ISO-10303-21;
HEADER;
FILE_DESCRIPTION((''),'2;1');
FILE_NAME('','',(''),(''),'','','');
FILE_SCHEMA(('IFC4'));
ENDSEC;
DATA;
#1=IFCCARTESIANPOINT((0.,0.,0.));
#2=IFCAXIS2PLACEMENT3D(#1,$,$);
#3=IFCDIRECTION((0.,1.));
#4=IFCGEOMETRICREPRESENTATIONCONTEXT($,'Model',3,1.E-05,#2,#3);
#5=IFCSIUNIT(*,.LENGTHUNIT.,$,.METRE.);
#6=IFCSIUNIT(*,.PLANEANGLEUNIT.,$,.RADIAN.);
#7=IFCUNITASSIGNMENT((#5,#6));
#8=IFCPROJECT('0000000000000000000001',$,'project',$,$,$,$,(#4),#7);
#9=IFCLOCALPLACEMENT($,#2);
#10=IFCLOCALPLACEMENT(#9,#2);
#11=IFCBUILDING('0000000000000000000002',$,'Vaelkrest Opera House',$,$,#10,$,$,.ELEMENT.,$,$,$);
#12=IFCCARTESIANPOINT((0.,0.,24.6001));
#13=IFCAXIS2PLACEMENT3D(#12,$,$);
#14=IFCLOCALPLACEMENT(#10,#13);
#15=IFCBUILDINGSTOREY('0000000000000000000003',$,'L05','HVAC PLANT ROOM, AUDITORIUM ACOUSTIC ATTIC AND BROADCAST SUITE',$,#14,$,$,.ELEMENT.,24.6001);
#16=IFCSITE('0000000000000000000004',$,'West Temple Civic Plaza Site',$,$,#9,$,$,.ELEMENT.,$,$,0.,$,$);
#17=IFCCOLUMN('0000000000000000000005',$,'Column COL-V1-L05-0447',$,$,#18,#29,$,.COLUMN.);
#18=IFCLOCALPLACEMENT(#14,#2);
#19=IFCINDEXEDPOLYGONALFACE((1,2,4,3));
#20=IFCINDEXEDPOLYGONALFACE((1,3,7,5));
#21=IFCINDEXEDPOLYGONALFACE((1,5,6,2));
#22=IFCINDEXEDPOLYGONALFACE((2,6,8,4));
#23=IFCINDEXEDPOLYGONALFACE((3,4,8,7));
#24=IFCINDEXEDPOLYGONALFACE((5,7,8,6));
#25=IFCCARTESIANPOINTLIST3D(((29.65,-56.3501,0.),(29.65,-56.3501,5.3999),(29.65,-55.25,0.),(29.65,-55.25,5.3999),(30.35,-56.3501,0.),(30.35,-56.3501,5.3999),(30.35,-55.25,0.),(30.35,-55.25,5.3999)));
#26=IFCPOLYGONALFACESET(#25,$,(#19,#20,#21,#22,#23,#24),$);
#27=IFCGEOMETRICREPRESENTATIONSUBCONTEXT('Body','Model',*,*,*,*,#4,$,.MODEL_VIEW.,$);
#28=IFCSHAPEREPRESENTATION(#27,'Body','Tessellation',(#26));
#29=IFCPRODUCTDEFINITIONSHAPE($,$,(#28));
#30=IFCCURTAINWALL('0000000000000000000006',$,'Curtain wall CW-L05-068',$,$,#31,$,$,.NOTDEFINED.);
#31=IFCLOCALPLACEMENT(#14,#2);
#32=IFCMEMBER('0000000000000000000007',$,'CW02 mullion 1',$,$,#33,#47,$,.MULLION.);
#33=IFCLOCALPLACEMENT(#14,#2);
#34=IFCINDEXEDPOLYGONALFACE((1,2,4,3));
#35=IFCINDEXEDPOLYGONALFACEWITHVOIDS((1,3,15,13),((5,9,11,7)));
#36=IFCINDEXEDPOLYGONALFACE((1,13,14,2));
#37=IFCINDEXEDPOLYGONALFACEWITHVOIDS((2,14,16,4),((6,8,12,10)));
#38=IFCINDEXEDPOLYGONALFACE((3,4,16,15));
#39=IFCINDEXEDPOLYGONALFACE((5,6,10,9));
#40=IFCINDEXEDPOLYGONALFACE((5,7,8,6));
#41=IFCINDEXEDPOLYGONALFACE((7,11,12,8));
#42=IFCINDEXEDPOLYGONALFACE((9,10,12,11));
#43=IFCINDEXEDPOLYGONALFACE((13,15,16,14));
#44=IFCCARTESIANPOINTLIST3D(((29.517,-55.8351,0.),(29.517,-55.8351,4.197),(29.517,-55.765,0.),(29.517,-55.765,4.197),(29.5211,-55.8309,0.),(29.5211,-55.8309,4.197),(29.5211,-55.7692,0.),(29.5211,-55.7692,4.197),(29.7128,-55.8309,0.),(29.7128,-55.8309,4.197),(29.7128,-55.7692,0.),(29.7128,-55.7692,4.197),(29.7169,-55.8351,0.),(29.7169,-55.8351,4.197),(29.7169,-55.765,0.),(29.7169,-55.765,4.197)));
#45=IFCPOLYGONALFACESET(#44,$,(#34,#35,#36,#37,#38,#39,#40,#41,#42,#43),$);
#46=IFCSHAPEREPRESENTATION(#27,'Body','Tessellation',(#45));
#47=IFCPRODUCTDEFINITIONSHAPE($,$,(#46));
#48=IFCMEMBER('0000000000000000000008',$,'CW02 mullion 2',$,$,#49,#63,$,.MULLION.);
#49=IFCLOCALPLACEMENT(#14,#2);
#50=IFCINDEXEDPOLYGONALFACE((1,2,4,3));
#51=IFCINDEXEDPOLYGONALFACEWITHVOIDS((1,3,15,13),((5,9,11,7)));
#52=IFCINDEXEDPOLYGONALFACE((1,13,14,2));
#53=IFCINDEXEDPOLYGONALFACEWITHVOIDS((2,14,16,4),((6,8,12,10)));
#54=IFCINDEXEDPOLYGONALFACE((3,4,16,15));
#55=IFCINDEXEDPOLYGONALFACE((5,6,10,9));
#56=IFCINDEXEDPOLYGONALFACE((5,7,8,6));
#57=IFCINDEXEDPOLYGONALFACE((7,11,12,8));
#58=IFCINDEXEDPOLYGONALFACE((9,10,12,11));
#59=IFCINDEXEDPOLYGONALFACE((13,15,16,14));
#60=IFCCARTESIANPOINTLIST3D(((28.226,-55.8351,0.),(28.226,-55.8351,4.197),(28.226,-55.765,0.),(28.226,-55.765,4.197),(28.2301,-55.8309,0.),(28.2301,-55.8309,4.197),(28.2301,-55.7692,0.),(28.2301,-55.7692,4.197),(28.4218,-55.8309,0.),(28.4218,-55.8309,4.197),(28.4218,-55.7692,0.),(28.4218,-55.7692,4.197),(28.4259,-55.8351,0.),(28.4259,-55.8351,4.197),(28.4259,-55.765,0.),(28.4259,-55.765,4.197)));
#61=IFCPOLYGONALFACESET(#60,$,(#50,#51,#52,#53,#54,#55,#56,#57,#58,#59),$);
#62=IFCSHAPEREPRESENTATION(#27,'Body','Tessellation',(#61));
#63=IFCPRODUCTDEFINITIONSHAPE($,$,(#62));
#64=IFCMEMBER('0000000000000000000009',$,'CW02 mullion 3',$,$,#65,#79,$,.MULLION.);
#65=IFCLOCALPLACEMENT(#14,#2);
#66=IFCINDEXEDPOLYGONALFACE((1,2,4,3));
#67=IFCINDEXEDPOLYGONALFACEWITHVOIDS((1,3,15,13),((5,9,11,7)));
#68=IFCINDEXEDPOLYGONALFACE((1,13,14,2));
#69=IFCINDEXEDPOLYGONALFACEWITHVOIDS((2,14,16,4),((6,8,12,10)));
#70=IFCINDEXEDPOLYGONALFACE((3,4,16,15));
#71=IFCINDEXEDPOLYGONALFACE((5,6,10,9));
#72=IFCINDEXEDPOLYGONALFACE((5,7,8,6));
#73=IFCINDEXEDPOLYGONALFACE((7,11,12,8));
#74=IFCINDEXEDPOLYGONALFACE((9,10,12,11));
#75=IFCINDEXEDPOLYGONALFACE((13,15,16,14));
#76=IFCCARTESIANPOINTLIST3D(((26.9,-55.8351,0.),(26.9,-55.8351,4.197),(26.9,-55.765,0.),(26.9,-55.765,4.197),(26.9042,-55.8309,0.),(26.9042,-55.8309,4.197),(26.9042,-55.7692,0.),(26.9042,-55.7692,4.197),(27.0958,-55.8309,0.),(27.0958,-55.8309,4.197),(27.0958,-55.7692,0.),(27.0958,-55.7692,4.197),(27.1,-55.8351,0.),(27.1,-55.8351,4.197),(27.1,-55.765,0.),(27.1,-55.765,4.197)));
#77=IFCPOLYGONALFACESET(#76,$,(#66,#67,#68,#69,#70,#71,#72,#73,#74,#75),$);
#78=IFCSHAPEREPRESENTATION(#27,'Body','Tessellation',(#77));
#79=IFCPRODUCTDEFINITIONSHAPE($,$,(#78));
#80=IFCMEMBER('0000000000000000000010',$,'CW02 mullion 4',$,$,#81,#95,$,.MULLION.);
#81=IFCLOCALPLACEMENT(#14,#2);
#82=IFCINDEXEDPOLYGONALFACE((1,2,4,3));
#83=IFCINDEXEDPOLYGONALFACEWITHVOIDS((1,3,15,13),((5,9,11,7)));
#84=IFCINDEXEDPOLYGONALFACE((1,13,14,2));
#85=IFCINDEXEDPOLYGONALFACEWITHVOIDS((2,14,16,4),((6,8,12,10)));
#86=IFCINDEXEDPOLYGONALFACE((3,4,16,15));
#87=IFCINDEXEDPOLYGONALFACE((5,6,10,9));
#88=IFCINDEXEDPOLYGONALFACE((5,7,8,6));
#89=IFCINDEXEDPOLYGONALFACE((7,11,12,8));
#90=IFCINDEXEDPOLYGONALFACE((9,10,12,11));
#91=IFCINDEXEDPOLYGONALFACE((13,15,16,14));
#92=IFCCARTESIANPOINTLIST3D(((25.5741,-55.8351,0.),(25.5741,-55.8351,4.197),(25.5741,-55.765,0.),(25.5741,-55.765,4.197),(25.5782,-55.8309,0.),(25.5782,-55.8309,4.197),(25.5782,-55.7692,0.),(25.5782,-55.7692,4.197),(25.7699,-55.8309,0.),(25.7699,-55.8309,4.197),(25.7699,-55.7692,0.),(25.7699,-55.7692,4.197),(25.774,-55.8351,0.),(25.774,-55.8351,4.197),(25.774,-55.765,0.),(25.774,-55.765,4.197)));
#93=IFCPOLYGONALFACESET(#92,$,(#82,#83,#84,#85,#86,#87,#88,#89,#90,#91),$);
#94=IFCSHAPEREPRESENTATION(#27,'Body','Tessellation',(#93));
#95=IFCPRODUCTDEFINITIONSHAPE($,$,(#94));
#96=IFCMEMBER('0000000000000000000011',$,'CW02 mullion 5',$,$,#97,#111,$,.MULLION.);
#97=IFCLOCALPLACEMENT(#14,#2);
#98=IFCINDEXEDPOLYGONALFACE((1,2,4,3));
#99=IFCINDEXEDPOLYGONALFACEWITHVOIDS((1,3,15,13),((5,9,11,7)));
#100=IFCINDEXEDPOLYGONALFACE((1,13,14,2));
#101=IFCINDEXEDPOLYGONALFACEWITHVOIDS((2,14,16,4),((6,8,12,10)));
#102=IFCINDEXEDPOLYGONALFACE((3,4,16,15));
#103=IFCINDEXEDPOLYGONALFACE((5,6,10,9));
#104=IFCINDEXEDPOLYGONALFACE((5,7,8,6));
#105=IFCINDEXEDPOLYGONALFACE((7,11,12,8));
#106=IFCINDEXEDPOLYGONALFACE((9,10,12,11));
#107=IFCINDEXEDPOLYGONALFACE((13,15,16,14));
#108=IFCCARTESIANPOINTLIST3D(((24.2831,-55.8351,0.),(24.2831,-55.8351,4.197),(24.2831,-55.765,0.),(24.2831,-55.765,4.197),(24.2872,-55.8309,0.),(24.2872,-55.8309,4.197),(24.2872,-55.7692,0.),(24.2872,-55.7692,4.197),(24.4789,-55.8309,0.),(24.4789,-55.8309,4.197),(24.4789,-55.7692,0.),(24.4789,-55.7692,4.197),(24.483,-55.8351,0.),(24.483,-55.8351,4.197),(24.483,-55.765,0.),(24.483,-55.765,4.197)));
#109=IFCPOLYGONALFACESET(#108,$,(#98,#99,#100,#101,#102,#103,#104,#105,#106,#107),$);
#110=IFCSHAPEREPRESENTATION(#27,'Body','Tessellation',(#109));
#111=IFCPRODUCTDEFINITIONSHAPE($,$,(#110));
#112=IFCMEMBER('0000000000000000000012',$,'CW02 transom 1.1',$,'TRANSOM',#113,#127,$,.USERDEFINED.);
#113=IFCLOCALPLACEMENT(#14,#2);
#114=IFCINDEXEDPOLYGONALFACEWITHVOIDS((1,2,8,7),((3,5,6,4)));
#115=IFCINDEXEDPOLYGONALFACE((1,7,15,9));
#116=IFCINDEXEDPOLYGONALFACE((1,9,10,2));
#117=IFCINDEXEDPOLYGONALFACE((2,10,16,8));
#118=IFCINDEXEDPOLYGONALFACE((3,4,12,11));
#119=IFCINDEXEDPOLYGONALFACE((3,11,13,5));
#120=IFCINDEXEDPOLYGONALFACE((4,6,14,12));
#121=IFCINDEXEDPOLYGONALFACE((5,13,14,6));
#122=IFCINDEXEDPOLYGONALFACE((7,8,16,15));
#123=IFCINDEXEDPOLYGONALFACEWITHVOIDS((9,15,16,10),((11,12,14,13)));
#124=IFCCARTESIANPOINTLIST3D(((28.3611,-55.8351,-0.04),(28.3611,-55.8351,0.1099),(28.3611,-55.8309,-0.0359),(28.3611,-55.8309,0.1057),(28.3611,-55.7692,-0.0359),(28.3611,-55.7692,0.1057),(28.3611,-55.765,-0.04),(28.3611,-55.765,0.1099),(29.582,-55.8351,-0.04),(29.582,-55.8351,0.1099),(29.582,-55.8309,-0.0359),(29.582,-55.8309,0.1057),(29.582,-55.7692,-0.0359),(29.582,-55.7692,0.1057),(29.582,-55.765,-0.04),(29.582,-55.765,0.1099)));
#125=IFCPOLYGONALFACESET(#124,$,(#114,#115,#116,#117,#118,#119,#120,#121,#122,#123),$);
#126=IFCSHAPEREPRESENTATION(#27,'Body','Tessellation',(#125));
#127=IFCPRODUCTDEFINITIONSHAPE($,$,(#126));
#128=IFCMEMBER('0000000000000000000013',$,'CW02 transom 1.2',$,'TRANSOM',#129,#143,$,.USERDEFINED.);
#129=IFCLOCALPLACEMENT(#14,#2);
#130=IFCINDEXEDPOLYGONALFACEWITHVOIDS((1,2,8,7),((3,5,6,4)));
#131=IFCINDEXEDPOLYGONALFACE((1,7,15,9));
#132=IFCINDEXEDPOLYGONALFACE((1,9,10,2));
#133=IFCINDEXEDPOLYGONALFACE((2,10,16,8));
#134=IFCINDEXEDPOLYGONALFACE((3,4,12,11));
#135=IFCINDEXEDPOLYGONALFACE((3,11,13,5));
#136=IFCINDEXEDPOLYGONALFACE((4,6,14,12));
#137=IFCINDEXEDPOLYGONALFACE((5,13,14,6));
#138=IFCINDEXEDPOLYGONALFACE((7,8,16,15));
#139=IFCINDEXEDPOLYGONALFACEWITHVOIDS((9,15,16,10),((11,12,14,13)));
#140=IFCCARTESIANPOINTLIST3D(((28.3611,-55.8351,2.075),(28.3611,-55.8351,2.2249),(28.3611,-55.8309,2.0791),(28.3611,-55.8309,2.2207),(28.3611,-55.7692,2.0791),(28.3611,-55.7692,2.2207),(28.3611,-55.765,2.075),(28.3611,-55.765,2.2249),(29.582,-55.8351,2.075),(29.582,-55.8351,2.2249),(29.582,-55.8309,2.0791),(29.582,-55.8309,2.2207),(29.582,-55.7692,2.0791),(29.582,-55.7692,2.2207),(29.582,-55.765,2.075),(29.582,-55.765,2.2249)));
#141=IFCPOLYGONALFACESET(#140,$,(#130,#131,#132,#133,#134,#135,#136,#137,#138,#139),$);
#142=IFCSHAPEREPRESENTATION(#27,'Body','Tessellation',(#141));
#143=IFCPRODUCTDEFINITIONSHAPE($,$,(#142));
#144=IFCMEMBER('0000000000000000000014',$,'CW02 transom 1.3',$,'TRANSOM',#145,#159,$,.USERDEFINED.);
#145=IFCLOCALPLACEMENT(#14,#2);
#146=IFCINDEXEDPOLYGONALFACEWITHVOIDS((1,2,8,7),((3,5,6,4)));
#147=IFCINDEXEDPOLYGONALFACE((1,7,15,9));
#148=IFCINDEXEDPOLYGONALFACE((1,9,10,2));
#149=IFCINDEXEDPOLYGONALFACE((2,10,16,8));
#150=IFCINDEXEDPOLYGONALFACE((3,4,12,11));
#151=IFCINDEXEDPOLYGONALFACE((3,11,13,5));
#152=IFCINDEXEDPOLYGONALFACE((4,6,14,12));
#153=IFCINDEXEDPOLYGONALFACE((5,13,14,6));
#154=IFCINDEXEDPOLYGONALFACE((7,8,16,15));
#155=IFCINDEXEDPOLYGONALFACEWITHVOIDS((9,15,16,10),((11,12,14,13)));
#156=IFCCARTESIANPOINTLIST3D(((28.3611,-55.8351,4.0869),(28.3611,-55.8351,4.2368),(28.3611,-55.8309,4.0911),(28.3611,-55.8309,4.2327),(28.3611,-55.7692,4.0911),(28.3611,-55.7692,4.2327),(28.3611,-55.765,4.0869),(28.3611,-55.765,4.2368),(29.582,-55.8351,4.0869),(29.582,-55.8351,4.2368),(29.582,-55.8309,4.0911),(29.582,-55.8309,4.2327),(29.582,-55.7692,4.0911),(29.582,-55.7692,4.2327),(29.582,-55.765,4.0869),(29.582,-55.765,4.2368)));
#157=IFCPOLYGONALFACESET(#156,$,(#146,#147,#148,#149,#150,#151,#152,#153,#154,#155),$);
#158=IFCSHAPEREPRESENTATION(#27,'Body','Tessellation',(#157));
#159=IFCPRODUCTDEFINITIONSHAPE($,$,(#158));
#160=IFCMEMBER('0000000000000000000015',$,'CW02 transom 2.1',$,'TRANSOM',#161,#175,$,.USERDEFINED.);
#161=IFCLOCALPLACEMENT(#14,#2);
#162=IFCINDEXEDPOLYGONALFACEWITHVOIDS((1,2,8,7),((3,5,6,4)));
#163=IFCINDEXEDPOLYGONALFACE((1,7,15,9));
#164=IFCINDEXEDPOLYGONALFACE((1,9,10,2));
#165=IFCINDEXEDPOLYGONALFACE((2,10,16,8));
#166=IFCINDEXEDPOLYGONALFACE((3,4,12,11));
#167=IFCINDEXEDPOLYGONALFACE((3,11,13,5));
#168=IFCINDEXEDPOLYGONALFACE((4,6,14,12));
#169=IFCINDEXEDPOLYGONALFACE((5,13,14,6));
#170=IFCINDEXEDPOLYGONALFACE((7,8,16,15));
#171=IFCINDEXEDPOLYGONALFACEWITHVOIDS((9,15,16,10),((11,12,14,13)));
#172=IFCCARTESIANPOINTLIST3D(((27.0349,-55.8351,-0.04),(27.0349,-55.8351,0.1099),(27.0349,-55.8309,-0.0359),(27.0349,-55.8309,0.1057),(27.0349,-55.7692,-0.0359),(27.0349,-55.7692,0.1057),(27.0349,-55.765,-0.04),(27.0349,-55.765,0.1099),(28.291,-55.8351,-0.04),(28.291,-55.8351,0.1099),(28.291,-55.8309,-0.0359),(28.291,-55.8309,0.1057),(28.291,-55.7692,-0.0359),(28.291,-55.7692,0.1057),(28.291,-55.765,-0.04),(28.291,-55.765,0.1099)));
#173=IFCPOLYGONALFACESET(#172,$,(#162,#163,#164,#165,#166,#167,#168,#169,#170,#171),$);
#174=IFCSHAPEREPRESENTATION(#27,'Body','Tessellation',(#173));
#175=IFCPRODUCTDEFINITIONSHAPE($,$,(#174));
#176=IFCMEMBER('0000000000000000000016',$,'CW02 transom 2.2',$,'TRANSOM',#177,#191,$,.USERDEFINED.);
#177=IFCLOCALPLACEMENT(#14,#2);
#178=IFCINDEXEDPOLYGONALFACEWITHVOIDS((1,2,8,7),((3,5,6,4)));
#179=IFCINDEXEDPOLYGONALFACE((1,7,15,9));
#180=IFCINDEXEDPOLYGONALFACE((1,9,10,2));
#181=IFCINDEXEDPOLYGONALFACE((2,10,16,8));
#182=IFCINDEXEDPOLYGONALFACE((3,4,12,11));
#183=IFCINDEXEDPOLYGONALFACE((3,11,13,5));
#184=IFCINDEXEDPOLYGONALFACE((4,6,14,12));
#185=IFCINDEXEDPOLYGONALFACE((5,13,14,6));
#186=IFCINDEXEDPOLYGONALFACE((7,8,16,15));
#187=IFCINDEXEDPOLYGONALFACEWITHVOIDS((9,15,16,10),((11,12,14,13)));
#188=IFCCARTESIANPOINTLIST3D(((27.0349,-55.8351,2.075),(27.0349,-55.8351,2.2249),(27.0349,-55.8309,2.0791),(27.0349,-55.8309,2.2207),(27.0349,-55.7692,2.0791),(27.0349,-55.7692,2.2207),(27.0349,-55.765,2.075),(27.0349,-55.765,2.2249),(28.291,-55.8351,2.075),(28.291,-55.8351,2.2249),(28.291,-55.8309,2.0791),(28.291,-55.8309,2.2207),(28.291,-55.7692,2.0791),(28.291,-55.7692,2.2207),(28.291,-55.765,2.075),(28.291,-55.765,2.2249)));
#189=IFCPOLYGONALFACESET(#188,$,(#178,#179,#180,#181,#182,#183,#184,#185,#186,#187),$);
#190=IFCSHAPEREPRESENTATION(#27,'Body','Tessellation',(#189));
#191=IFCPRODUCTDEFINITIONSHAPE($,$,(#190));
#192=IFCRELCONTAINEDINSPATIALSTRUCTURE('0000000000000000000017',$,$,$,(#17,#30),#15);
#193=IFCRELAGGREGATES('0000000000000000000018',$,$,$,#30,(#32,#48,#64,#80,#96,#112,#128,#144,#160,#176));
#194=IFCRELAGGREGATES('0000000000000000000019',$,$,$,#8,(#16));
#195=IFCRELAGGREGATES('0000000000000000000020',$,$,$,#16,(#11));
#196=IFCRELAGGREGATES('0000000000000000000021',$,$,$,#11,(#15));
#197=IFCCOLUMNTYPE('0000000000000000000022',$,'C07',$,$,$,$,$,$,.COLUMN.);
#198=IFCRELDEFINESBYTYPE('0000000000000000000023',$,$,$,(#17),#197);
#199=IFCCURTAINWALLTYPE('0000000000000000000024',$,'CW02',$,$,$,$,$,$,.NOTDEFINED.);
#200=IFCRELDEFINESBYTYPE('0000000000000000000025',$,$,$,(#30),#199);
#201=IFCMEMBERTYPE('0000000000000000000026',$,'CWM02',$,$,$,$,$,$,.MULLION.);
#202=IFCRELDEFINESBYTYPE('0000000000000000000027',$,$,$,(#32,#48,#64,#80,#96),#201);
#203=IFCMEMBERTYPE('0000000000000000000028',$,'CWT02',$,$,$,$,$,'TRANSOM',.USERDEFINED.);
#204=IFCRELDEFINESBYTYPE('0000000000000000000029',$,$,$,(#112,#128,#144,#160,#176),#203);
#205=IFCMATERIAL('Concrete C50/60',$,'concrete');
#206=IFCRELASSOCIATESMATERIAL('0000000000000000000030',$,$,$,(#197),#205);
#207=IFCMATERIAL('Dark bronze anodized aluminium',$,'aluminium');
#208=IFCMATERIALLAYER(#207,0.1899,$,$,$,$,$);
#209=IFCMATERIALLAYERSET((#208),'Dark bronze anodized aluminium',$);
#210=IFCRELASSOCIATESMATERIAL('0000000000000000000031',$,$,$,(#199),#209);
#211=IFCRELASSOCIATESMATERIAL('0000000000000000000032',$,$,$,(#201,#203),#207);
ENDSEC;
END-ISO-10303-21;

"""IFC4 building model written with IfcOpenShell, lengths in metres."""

from ifc_helpers import new_model, si_unit, direction, frame, origin, origin_2d, place, context, subcontext, project, spatial, rectangle, hollow_rectangle, extrude, material, layer, layer_set, material_profile, profile_set, type_object, element, aggregate, save


model = new_model("IFC4")

# Units and contexts
model_context = context("Model", 3, precision=1e-05, world=origin(), true_north=direction((0.0, 1.0)))
body_context = subcontext(model_context, "Body", "Model", "MODEL_VIEW")
ifc_project = project(units=[si_unit("LENGTHUNIT", "METRE"), si_unit("PLANEANGLEUNIT", "RADIAN")], contexts=[model_context])

# Site, building, storey
site_placement = place(None, origin())
site = spatial("IfcSite", under=ifc_project, at=site_placement, Name="West Temple Civic Plaza Site", CompositionType="ELEMENT", RefElevation=0.0)
building_placement = place(site_placement, origin())
building = spatial("IfcBuilding", under=site, at=building_placement, Name="Vaelkrest Opera House", CompositionType="ELEMENT")
storey_placement = place(building_placement, frame((0.0, 0.0, 24.6001)))
storey = spatial("IfcBuildingStorey", under=building, at=storey_placement, Name="L05", Description="HVAC PLANT ROOM, AUDITORIUM ACOUSTIC ATTIC AND BROADCAST SUITE", CompositionType="ELEMENT", Elevation=24.6001)

# Column
ifc_material_1 = material(Name="Concrete C50/60", Category="concrete")
ifc_material_profile_1 = material_profile(ifc_material_1, rectangle(XDim=0.7, YDim=1.1001, at=origin_2d()), Name="RC700X1100")
ifc_profile_set_1 = profile_set([ifc_material_profile_1], Name="Concrete C50/60")
column_type = type_object("IfcColumnType", Name="C07", PredefinedType="COLUMN", material=ifc_profile_set_1)
column_placement = place(storey_placement, frame((30.0, -55.8, 0.0), z_axis=(0.0, 0.0, 1.0), x_axis=(1.0, 0.0, 0.0)))
element("IfcColumn", 1, at=column_placement, inside=storey, type_object=column_type, Name="Column COL-V1-L05-0447", PredefinedType="COLUMN", context=body_context, shape_type="SweptSolid", body=[
    extrude(rectangle(XDim=0.7, YDim=1.1001, at=origin_2d()), origin(), (0.0, 0.0, 1.0), 5.3999),
])

# Curtain wall, members
ifc_material_2 = material(Name="Dark bronze anodized aluminium", Category="aluminium")
ifc_layer_1 = layer(ifc_material_2, 0.1899)
ifc_layer_set_1 = layer_set([ifc_layer_1], Name="Dark bronze anodized aluminium")
curtain_wall_type = type_object("IfcCurtainWallType", Name="CW02", PredefinedType="NOTDEFINED", material=ifc_layer_set_1)
curtain_wall_placement = place(storey_placement, origin())
curtain_wall = element("IfcCurtainWall", 2, at=curtain_wall_placement, inside=storey, type_object=curtain_wall_type, Name="Curtain wall CW-L05-068", PredefinedType="NOTDEFINED")
ifc_material_profile_2 = material_profile(ifc_material_2, hollow_rectangle(XDim=0.0701, YDim=0.2, WallThickness=0.0042, at=origin_2d()), Name="CWM70X200")
ifc_profile_set_2 = profile_set([ifc_material_profile_2], Name="Dark bronze anodized aluminium")
member_type_1 = type_object("IfcMemberType", Name="CWM02", PredefinedType="MULLION", material=ifc_profile_set_2)
member_1_placement = place(storey_placement, frame((29.6169, -55.8, 0.0), z_axis=(0.0, 0.0, 1.0), x_axis=(0.0, -1.0, 0.0)))
member_1 = element("IfcMember", 3, at=member_1_placement, type_object=member_type_1, Name="CW02 mullion 1", PredefinedType="MULLION", context=body_context, shape_type="SweptSolid", body=[
    extrude(hollow_rectangle(XDim=0.0701, YDim=0.2, WallThickness=0.0042, at=origin_2d()), origin(), (0.0, 0.0, 1.0), 4.197),
])
member_2_placement = place(storey_placement, frame((28.3259, -55.8, 0.0), z_axis=(0.0, 0.0, 1.0), x_axis=(0.0, -1.0, 0.0)))
member_2 = element("IfcMember", 4, at=member_2_placement, type_object=member_type_1, Name="CW02 mullion 2", PredefinedType="MULLION", context=body_context, shape_type="SweptSolid", body=[
    extrude(hollow_rectangle(XDim=0.0701, YDim=0.2, WallThickness=0.0042, at=origin_2d()), origin(), (0.0, 0.0, 1.0), 4.197),
])
member_3_placement = place(storey_placement, frame((27.0, -55.8, 0.0), z_axis=(0.0, 0.0, 1.0), x_axis=(0.0, -1.0, 0.0)))
member_3 = element("IfcMember", 5, at=member_3_placement, type_object=member_type_1, Name="CW02 mullion 3", PredefinedType="MULLION", context=body_context, shape_type="SweptSolid", body=[
    extrude(hollow_rectangle(XDim=0.0701, YDim=0.2, WallThickness=0.0042, at=origin_2d()), origin(), (0.0, 0.0, 1.0), 4.197),
])
member_4_placement = place(storey_placement, frame((25.6741, -55.8, 0.0), z_axis=(0.0, 0.0, 1.0), x_axis=(0.0, -1.0, 0.0)))
member_4 = element("IfcMember", 6, at=member_4_placement, type_object=member_type_1, Name="CW02 mullion 4", PredefinedType="MULLION", context=body_context, shape_type="SweptSolid", body=[
    extrude(hollow_rectangle(XDim=0.0701, YDim=0.2, WallThickness=0.0042, at=origin_2d()), origin(), (0.0, 0.0, 1.0), 4.197),
])
member_5_placement = place(storey_placement, frame((24.3831, -55.8, 0.0), z_axis=(0.0, 0.0, 1.0), x_axis=(0.0, -1.0, 0.0)))
member_5 = element("IfcMember", 7, at=member_5_placement, type_object=member_type_1, Name="CW02 mullion 5", PredefinedType="MULLION", context=body_context, shape_type="SweptSolid", body=[
    extrude(hollow_rectangle(XDim=0.0701, YDim=0.2, WallThickness=0.0042, at=origin_2d()), origin(), (0.0, 0.0, 1.0), 4.197),
])
ifc_material_profile_3 = material_profile(ifc_material_2, hollow_rectangle(XDim=0.0701, YDim=0.1499, WallThickness=0.0042, at=origin_2d()), Name="CWT70X150")
ifc_profile_set_3 = profile_set([ifc_material_profile_3], Name="Dark bronze anodized aluminium")
member_type_2 = type_object("IfcMemberType", Name="CWT02", ElementType="TRANSOM", PredefinedType="USERDEFINED", material=ifc_profile_set_3)
member_6_placement = place(storey_placement, frame((29.582, -55.8, 0.0349), z_axis=(-1.0, 0.0, 0.0), x_axis=(0.0, -1.0, 0.0)))
member_6 = element("IfcMember", 8, at=member_6_placement, type_object=member_type_2, Name="CW02 transom 1.1", ObjectType="TRANSOM", PredefinedType="USERDEFINED", context=body_context, shape_type="SweptSolid", body=[
    extrude(hollow_rectangle(XDim=0.0701, YDim=0.1499, WallThickness=0.0042, at=origin_2d()), origin(), (0.0, 0.0, 1.0), 1.2209),
])
member_7_placement = place(storey_placement, frame((29.582, -55.8, 2.1499), z_axis=(-1.0, 0.0, 0.0), x_axis=(0.0, -1.0, 0.0)))
member_7 = element("IfcMember", 9, at=member_7_placement, type_object=member_type_2, Name="CW02 transom 1.2", ObjectType="TRANSOM", PredefinedType="USERDEFINED", context=body_context, shape_type="SweptSolid", body=[
    extrude(hollow_rectangle(XDim=0.0701, YDim=0.1499, WallThickness=0.0042, at=origin_2d()), origin(), (0.0, 0.0, 1.0), 1.2209),
])
member_8_placement = place(storey_placement, frame((29.582, -55.8, 4.1619), z_axis=(-1.0, 0.0, 0.0), x_axis=(0.0, -1.0, 0.0)))
member_8 = element("IfcMember", 10, at=member_8_placement, type_object=member_type_2, Name="CW02 transom 1.3", ObjectType="TRANSOM", PredefinedType="USERDEFINED", context=body_context, shape_type="SweptSolid", body=[
    extrude(hollow_rectangle(XDim=0.0701, YDim=0.1499, WallThickness=0.0042, at=origin_2d()), origin(), (0.0, 0.0, 1.0), 1.2209),
])
member_9_placement = place(storey_placement, frame((28.291, -55.8, 0.0349), z_axis=(-1.0, 0.0, 0.0), x_axis=(0.0, -1.0, 0.0)))
member_9 = element("IfcMember", 11, at=member_9_placement, type_object=member_type_2, Name="CW02 transom 2.1", ObjectType="TRANSOM", PredefinedType="USERDEFINED", context=body_context, shape_type="SweptSolid", body=[
    extrude(hollow_rectangle(XDim=0.0701, YDim=0.1499, WallThickness=0.0042, at=origin_2d()), origin(), (0.0, 0.0, 1.0), 1.2561),
])
member_10_placement = place(storey_placement, frame((28.291, -55.8, 2.1499), z_axis=(-1.0, 0.0, 0.0), x_axis=(0.0, -1.0, 0.0)))
member_10 = element("IfcMember", 12, at=member_10_placement, type_object=member_type_2, Name="CW02 transom 2.2", ObjectType="TRANSOM", PredefinedType="USERDEFINED", context=body_context, shape_type="SweptSolid", body=[
    extrude(hollow_rectangle(XDim=0.0701, YDim=0.1499, WallThickness=0.0042, at=origin_2d()), origin(), (0.0, 0.0, 1.0), 1.2561),
])
aggregate(curtain_wall, [member_1, member_2, member_3, member_4, member_5, member_6, member_7, member_8, member_9, member_10])

save(model, "model.ifc")
